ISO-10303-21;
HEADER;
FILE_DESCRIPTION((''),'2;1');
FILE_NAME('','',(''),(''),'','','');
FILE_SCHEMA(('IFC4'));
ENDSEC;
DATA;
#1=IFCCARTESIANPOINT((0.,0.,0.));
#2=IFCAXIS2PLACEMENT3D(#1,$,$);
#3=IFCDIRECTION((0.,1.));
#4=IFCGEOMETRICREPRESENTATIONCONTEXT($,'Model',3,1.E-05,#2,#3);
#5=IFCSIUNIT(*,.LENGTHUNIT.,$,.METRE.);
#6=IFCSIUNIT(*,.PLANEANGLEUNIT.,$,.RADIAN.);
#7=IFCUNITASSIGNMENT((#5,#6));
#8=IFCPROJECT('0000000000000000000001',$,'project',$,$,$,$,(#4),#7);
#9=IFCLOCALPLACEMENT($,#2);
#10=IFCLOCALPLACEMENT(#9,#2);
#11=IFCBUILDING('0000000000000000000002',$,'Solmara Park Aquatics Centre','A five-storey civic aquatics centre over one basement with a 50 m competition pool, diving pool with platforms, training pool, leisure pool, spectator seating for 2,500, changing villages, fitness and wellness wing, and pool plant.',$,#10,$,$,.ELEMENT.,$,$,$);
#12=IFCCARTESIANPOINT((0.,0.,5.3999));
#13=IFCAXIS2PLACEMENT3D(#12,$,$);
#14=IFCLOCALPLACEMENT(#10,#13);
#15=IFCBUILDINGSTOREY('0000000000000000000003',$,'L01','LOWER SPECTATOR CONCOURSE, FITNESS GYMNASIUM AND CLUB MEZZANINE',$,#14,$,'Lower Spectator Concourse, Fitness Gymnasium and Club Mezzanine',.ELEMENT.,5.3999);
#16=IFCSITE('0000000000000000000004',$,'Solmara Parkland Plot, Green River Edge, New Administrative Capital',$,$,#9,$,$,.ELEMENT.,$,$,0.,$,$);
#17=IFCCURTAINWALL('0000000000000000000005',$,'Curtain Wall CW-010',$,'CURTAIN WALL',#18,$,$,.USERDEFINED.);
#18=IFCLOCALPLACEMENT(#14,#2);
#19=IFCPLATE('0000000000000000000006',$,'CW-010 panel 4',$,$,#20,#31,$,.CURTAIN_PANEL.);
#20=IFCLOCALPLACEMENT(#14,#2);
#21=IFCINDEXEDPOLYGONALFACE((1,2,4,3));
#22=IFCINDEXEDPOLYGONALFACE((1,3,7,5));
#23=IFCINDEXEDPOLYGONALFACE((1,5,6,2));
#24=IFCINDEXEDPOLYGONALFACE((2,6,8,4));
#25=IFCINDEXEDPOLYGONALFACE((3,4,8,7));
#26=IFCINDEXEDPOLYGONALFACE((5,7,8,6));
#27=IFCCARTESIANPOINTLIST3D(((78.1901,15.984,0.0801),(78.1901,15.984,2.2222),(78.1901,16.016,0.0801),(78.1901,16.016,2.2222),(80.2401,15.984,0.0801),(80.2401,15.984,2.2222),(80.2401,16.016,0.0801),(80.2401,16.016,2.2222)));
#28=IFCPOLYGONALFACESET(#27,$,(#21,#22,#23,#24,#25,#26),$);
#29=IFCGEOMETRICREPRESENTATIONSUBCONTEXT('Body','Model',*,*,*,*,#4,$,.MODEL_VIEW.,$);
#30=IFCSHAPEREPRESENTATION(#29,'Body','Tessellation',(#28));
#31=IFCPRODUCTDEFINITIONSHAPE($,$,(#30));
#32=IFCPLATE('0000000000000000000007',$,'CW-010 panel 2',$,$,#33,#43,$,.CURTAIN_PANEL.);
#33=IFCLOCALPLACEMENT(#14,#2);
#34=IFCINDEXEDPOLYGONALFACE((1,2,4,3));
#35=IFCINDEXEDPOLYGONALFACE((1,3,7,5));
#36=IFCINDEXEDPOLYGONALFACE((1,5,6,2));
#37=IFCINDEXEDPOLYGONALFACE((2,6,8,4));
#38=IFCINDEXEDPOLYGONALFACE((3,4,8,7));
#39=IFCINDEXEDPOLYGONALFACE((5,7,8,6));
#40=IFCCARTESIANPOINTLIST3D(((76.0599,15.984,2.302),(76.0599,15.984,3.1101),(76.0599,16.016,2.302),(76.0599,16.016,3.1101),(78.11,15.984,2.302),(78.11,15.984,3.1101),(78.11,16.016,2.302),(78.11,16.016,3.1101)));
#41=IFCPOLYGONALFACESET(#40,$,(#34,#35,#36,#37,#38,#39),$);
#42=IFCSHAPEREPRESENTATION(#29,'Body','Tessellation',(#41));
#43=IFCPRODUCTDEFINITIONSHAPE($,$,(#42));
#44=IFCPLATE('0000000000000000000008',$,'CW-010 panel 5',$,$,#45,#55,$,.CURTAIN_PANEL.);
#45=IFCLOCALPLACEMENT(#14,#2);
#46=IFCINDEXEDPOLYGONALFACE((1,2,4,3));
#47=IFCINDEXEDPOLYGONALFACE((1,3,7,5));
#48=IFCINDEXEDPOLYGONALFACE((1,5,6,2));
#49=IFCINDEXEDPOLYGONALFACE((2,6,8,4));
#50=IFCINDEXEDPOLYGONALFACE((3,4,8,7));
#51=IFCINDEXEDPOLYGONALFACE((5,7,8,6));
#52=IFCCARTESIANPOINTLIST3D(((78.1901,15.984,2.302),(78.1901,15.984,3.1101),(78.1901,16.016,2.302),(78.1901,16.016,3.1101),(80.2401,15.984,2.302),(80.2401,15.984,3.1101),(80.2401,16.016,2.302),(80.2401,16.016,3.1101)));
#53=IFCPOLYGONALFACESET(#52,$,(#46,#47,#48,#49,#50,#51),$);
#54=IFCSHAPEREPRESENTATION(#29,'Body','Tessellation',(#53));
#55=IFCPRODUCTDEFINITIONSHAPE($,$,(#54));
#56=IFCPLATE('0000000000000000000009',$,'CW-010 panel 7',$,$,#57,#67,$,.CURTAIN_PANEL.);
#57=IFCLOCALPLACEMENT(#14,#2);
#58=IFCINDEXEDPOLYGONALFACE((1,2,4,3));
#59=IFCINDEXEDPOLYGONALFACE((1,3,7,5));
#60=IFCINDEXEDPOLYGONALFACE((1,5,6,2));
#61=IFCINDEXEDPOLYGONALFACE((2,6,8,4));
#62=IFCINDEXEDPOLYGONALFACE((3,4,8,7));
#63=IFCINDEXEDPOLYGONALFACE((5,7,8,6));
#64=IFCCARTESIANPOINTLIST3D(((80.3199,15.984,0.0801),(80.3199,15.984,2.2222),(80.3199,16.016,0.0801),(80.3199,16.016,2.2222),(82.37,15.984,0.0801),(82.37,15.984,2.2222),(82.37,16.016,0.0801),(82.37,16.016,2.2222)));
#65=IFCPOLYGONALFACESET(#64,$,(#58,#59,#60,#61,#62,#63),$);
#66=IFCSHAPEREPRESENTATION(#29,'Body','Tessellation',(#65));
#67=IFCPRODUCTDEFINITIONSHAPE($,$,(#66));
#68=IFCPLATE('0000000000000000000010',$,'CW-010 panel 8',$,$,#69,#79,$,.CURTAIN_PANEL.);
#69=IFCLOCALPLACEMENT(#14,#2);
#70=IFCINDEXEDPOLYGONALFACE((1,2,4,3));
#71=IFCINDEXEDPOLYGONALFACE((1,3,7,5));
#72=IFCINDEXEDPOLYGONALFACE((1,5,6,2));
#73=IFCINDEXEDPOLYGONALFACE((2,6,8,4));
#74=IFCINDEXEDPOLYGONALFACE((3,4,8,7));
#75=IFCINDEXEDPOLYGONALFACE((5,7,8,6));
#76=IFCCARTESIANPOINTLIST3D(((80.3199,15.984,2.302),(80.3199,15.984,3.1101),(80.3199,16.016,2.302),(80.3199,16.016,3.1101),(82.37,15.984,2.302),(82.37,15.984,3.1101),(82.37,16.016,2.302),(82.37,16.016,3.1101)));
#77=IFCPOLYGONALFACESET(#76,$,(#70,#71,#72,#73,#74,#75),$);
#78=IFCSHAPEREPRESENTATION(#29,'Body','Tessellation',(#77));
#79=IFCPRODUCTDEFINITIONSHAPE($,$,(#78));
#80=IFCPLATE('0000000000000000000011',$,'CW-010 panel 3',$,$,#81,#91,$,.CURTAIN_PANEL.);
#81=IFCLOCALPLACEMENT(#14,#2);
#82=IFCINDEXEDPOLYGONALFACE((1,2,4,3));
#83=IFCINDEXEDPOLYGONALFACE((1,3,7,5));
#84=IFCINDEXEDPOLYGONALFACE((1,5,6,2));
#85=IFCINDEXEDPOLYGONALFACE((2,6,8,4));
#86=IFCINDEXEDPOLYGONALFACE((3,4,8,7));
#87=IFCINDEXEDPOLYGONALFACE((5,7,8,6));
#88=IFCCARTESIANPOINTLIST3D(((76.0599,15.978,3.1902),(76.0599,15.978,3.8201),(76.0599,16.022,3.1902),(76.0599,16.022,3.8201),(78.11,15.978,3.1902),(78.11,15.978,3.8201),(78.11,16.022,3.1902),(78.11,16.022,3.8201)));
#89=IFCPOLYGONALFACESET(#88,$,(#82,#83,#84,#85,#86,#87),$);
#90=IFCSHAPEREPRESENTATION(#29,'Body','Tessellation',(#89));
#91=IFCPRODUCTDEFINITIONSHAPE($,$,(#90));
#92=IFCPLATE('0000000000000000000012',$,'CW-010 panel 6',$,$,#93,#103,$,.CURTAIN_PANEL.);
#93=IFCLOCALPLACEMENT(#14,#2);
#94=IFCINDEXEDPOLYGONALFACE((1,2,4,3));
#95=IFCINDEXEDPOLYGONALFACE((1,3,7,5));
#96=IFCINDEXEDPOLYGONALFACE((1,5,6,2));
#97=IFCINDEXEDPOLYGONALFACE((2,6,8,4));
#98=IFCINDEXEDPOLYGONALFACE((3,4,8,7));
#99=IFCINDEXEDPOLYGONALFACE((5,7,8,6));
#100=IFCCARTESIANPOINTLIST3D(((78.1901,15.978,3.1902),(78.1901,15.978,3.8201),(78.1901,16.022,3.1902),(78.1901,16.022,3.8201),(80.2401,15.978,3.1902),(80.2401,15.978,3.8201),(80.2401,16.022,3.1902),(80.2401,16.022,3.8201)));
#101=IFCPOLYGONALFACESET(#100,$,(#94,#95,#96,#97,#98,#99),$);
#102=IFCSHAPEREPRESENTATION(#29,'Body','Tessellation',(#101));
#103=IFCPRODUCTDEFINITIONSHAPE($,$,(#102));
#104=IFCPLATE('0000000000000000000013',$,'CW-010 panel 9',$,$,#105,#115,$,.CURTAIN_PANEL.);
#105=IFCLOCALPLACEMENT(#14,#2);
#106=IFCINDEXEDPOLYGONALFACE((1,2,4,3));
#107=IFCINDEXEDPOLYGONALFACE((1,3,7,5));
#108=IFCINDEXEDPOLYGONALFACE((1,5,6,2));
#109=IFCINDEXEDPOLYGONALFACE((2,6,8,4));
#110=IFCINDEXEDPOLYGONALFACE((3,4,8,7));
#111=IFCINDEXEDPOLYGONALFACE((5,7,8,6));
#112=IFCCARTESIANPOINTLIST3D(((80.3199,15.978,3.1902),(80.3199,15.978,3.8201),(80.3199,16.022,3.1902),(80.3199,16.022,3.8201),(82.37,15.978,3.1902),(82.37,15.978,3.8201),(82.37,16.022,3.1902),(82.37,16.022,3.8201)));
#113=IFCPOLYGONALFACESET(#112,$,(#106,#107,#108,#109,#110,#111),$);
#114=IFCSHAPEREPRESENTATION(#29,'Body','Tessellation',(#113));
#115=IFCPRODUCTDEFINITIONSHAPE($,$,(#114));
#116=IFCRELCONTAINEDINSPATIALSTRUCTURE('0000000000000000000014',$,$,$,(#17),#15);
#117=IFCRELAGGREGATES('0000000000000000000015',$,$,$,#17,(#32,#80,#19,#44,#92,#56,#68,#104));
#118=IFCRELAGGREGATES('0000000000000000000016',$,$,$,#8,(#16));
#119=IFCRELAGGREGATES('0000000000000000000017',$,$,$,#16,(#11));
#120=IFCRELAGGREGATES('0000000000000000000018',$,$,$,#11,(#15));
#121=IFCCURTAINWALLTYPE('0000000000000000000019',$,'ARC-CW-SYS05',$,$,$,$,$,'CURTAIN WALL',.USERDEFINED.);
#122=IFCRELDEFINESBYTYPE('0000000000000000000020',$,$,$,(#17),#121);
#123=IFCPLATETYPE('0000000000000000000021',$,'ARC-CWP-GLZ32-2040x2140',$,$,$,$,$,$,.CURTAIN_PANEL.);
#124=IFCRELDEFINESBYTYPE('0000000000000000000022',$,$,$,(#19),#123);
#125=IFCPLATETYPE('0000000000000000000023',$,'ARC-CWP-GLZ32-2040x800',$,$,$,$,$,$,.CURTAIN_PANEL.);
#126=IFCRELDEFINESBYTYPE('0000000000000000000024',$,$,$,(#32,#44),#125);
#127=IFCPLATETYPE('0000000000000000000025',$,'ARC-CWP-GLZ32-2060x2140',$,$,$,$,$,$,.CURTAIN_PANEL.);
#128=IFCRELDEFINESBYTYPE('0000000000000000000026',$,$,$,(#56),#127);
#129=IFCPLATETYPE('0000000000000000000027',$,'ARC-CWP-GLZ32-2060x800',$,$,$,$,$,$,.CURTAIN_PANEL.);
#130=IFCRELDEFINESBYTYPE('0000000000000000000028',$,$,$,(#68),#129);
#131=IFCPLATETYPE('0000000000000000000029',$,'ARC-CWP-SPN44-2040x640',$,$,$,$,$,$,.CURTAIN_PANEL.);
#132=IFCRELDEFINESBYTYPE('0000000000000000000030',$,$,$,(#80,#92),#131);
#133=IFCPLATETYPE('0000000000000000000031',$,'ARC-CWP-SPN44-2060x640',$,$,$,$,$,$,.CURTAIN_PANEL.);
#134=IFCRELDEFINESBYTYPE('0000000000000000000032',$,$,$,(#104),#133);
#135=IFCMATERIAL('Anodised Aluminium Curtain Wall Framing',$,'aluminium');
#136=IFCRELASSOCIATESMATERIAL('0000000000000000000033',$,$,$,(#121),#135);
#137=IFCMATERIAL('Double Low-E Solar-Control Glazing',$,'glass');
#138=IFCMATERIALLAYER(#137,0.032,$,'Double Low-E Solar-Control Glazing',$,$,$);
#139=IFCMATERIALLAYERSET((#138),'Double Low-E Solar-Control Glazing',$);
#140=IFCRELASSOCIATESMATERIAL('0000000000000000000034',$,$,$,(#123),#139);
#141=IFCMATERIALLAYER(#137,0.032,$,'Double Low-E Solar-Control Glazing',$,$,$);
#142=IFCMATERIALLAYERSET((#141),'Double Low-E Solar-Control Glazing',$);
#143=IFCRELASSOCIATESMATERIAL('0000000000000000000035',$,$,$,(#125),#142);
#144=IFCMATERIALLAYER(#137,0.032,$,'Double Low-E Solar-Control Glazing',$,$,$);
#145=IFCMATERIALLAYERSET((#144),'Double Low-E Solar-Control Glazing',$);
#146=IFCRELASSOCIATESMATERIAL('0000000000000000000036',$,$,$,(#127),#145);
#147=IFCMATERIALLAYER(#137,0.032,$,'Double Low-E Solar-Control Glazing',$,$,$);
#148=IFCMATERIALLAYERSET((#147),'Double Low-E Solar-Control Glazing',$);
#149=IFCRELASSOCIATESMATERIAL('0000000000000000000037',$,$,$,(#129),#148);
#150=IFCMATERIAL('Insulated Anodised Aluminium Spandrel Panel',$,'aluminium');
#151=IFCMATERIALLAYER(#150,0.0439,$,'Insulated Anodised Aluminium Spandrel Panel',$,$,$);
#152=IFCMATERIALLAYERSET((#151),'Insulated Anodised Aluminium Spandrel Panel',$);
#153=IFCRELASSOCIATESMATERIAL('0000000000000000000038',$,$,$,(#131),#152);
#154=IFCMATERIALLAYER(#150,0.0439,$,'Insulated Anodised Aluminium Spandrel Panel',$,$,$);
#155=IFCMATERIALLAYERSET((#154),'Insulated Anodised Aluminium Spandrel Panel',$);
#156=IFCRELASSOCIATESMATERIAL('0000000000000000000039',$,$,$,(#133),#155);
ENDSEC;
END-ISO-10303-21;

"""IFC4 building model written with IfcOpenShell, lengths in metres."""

from ifc_helpers import new_model, si_unit, direction, frame, origin, origin_2d, place, context, subcontext, project, spatial, rectangle, extrude, material, layer, layer_set, type_object, element, aggregate, save


model = new_model("IFC4")

# Units and contexts
model_context = context("Model", 3, precision=1e-05, world=origin(), true_north=direction((0.0, 1.0)))
body_context = subcontext(model_context, "Body", "Model", "MODEL_VIEW")
ifc_project = project(units=[si_unit("LENGTHUNIT", "METRE"), si_unit("PLANEANGLEUNIT", "RADIAN")], contexts=[model_context])

# Site, building, storey
site_placement = place(None, origin())
site = spatial("IfcSite", under=ifc_project, at=site_placement, Name="Solmara Parkland Plot, Green River Edge, New Administrative Capital", CompositionType="ELEMENT", RefElevation=0.0)
building_placement = place(site_placement, origin())
building = spatial("IfcBuilding", under=site, at=building_placement, Name="Solmara Park Aquatics Centre", Description="A five-storey civic aquatics centre over one basement with a 50 m competition pool, diving pool with platforms, training pool, leisure pool, spectator seating for 2,500, changing villages, fitness and wellness wing, and pool plant.", CompositionType="ELEMENT")
storey_placement = place(building_placement, frame((0.0, 0.0, 5.3999)))
storey = spatial("IfcBuildingStorey", under=building, at=storey_placement, Name="L01", Description="LOWER SPECTATOR CONCOURSE, FITNESS GYMNASIUM AND CLUB MEZZANINE", LongName="Lower Spectator Concourse, Fitness Gymnasium and Club Mezzanine", CompositionType="ELEMENT", Elevation=5.3999)

# Shared definitions
ifc_material_1 = material(Name="Anodised Aluminium Curtain Wall Framing", Category="aluminium")
curtain_wall_type = type_object("IfcCurtainWallType", Name="ARC-CW-SYS05", ElementType="CURTAIN WALL", PredefinedType="USERDEFINED", material=ifc_material_1)

# Curtain wall
curtain_wall_1_placement = place(storey_placement, origin())
curtain_wall_1 = element("IfcCurtainWall", 1, at=curtain_wall_1_placement, inside=storey, type_object=curtain_wall_type, Name="Curtain Wall CW-010", ObjectType="CURTAIN WALL", PredefinedType="USERDEFINED")

# Plates
ifc_material_2 = material(Name="Double Low-E Solar-Control Glazing", Category="glass")
ifc_layer_1 = layer(ifc_material_2, 0.032, Name="Double Low-E Solar-Control Glazing")
ifc_layer_set_1 = layer_set([ifc_layer_1], Name="Double Low-E Solar-Control Glazing")
plate_type_1 = type_object("IfcPlateType", Name="ARC-CWP-GLZ32-2040x2140", PredefinedType="CURTAIN_PANEL", material=ifc_layer_set_1)
plate_1_placement = place(storey_placement, frame((79.2151, 16.0, 0.0801), z_axis=(0.0, 0.0, 1.0), x_axis=(1.0, 0.0, 0.0)))
plate_1 = element("IfcPlate", 2, at=plate_1_placement, type_object=plate_type_1, Name="CW-010 panel 4", PredefinedType="CURTAIN_PANEL", context=body_context, shape_type="SweptSolid", body=[
    extrude(rectangle(XDim=2.05, YDim=0.032, at=origin_2d()), origin(), (0.0, 0.0, 1.0), 2.1421),
])
ifc_layer_2 = layer(ifc_material_2, 0.032, Name="Double Low-E Solar-Control Glazing")
ifc_layer_set_2 = layer_set([ifc_layer_2], Name="Double Low-E Solar-Control Glazing")
plate_type_2 = type_object("IfcPlateType", Name="ARC-CWP-GLZ32-2040x800", PredefinedType="CURTAIN_PANEL", material=ifc_layer_set_2)
plate_2_placement = place(storey_placement, frame((77.085, 16.0, 2.302), z_axis=(0.0, 0.0, 1.0), x_axis=(1.0, 0.0, 0.0)))
plate_2 = element("IfcPlate", 3, at=plate_2_placement, type_object=plate_type_2, Name="CW-010 panel 2", PredefinedType="CURTAIN_PANEL", context=body_context, shape_type="SweptSolid", body=[
    extrude(rectangle(XDim=2.05, YDim=0.032, at=origin_2d()), origin(), (0.0, 0.0, 1.0), 0.8081),
])
plate_3_placement = place(storey_placement, frame((79.2151, 16.0, 2.302), z_axis=(0.0, 0.0, 1.0), x_axis=(1.0, 0.0, 0.0)))
plate_3 = element("IfcPlate", 4, at=plate_3_placement, type_object=plate_type_2, Name="CW-010 panel 5", PredefinedType="CURTAIN_PANEL", context=body_context, shape_type="SweptSolid", body=[
    extrude(rectangle(XDim=2.05, YDim=0.032, at=origin_2d()), origin(), (0.0, 0.0, 1.0), 0.8081),
])
ifc_layer_3 = layer(ifc_material_2, 0.032, Name="Double Low-E Solar-Control Glazing")
ifc_layer_set_3 = layer_set([ifc_layer_3], Name="Double Low-E Solar-Control Glazing")
plate_type_3 = type_object("IfcPlateType", Name="ARC-CWP-GLZ32-2060x2140", PredefinedType="CURTAIN_PANEL", material=ifc_layer_set_3)
plate_4_placement = place(storey_placement, frame((81.345, 16.0, 0.0801), z_axis=(0.0, 0.0, 1.0), x_axis=(1.0, 0.0, 0.0)))
plate_4 = element("IfcPlate", 5, at=plate_4_placement, type_object=plate_type_3, Name="CW-010 panel 7", PredefinedType="CURTAIN_PANEL", context=body_context, shape_type="SweptSolid", body=[
    extrude(rectangle(XDim=2.05, YDim=0.032, at=origin_2d()), origin(), (0.0, 0.0, 1.0), 2.1421),
])
ifc_layer_4 = layer(ifc_material_2, 0.032, Name="Double Low-E Solar-Control Glazing")
ifc_layer_set_4 = layer_set([ifc_layer_4], Name="Double Low-E Solar-Control Glazing")
plate_type_4 = type_object("IfcPlateType", Name="ARC-CWP-GLZ32-2060x800", PredefinedType="CURTAIN_PANEL", material=ifc_layer_set_4)
plate_5_placement = place(storey_placement, frame((81.345, 16.0, 2.302), z_axis=(0.0, 0.0, 1.0), x_axis=(1.0, 0.0, 0.0)))
plate_5 = element("IfcPlate", 6, at=plate_5_placement, type_object=plate_type_4, Name="CW-010 panel 8", PredefinedType="CURTAIN_PANEL", context=body_context, shape_type="SweptSolid", body=[
    extrude(rectangle(XDim=2.05, YDim=0.032, at=origin_2d()), origin(), (0.0, 0.0, 1.0), 0.8081),
])
ifc_material_3 = material(Name="Insulated Anodised Aluminium Spandrel Panel", Category="aluminium")
ifc_layer_5 = layer(ifc_material_3, 0.0439, Name="Insulated Anodised Aluminium Spandrel Panel")
ifc_layer_set_5 = layer_set([ifc_layer_5], Name="Insulated Anodised Aluminium Spandrel Panel")
plate_type_5 = type_object("IfcPlateType", Name="ARC-CWP-SPN44-2040x640", PredefinedType="CURTAIN_PANEL", material=ifc_layer_set_5)
plate_6_placement = place(storey_placement, frame((77.085, 16.0, 3.1902), z_axis=(0.0, 0.0, 1.0), x_axis=(1.0, 0.0, 0.0)))
plate_6 = element("IfcPlate", 7, at=plate_6_placement, type_object=plate_type_5, Name="CW-010 panel 3", PredefinedType="CURTAIN_PANEL", context=body_context, shape_type="SweptSolid", body=[
    extrude(rectangle(XDim=2.05, YDim=0.0439, at=origin_2d()), origin(), (0.0, 0.0, 1.0), 0.6299),
])
plate_7_placement = place(storey_placement, frame((79.2151, 16.0, 3.1902), z_axis=(0.0, 0.0, 1.0), x_axis=(1.0, 0.0, 0.0)))
plate_7 = element("IfcPlate", 8, at=plate_7_placement, type_object=plate_type_5, Name="CW-010 panel 6", PredefinedType="CURTAIN_PANEL", context=body_context, shape_type="SweptSolid", body=[
    extrude(rectangle(XDim=2.05, YDim=0.0439, at=origin_2d()), origin(), (0.0, 0.0, 1.0), 0.6299),
])
ifc_layer_6 = layer(ifc_material_3, 0.0439, Name="Insulated Anodised Aluminium Spandrel Panel")
ifc_layer_set_6 = layer_set([ifc_layer_6], Name="Insulated Anodised Aluminium Spandrel Panel")
plate_type_6 = type_object("IfcPlateType", Name="ARC-CWP-SPN44-2060x640", PredefinedType="CURTAIN_PANEL", material=ifc_layer_set_6)
plate_8_placement = place(storey_placement, frame((81.345, 16.0, 3.1902), z_axis=(0.0, 0.0, 1.0), x_axis=(1.0, 0.0, 0.0)))
plate_8 = element("IfcPlate", 9, at=plate_8_placement, type_object=plate_type_6, Name="CW-010 panel 9", PredefinedType="CURTAIN_PANEL", context=body_context, shape_type="SweptSolid", body=[
    extrude(rectangle(XDim=2.05, YDim=0.0439, at=origin_2d()), origin(), (0.0, 0.0, 1.0), 0.6299),
])
aggregate(curtain_wall_1, [plate_2, plate_6, plate_1, plate_3, plate_7, plate_4, plate_5, plate_8])

save(model, "model.ifc")
